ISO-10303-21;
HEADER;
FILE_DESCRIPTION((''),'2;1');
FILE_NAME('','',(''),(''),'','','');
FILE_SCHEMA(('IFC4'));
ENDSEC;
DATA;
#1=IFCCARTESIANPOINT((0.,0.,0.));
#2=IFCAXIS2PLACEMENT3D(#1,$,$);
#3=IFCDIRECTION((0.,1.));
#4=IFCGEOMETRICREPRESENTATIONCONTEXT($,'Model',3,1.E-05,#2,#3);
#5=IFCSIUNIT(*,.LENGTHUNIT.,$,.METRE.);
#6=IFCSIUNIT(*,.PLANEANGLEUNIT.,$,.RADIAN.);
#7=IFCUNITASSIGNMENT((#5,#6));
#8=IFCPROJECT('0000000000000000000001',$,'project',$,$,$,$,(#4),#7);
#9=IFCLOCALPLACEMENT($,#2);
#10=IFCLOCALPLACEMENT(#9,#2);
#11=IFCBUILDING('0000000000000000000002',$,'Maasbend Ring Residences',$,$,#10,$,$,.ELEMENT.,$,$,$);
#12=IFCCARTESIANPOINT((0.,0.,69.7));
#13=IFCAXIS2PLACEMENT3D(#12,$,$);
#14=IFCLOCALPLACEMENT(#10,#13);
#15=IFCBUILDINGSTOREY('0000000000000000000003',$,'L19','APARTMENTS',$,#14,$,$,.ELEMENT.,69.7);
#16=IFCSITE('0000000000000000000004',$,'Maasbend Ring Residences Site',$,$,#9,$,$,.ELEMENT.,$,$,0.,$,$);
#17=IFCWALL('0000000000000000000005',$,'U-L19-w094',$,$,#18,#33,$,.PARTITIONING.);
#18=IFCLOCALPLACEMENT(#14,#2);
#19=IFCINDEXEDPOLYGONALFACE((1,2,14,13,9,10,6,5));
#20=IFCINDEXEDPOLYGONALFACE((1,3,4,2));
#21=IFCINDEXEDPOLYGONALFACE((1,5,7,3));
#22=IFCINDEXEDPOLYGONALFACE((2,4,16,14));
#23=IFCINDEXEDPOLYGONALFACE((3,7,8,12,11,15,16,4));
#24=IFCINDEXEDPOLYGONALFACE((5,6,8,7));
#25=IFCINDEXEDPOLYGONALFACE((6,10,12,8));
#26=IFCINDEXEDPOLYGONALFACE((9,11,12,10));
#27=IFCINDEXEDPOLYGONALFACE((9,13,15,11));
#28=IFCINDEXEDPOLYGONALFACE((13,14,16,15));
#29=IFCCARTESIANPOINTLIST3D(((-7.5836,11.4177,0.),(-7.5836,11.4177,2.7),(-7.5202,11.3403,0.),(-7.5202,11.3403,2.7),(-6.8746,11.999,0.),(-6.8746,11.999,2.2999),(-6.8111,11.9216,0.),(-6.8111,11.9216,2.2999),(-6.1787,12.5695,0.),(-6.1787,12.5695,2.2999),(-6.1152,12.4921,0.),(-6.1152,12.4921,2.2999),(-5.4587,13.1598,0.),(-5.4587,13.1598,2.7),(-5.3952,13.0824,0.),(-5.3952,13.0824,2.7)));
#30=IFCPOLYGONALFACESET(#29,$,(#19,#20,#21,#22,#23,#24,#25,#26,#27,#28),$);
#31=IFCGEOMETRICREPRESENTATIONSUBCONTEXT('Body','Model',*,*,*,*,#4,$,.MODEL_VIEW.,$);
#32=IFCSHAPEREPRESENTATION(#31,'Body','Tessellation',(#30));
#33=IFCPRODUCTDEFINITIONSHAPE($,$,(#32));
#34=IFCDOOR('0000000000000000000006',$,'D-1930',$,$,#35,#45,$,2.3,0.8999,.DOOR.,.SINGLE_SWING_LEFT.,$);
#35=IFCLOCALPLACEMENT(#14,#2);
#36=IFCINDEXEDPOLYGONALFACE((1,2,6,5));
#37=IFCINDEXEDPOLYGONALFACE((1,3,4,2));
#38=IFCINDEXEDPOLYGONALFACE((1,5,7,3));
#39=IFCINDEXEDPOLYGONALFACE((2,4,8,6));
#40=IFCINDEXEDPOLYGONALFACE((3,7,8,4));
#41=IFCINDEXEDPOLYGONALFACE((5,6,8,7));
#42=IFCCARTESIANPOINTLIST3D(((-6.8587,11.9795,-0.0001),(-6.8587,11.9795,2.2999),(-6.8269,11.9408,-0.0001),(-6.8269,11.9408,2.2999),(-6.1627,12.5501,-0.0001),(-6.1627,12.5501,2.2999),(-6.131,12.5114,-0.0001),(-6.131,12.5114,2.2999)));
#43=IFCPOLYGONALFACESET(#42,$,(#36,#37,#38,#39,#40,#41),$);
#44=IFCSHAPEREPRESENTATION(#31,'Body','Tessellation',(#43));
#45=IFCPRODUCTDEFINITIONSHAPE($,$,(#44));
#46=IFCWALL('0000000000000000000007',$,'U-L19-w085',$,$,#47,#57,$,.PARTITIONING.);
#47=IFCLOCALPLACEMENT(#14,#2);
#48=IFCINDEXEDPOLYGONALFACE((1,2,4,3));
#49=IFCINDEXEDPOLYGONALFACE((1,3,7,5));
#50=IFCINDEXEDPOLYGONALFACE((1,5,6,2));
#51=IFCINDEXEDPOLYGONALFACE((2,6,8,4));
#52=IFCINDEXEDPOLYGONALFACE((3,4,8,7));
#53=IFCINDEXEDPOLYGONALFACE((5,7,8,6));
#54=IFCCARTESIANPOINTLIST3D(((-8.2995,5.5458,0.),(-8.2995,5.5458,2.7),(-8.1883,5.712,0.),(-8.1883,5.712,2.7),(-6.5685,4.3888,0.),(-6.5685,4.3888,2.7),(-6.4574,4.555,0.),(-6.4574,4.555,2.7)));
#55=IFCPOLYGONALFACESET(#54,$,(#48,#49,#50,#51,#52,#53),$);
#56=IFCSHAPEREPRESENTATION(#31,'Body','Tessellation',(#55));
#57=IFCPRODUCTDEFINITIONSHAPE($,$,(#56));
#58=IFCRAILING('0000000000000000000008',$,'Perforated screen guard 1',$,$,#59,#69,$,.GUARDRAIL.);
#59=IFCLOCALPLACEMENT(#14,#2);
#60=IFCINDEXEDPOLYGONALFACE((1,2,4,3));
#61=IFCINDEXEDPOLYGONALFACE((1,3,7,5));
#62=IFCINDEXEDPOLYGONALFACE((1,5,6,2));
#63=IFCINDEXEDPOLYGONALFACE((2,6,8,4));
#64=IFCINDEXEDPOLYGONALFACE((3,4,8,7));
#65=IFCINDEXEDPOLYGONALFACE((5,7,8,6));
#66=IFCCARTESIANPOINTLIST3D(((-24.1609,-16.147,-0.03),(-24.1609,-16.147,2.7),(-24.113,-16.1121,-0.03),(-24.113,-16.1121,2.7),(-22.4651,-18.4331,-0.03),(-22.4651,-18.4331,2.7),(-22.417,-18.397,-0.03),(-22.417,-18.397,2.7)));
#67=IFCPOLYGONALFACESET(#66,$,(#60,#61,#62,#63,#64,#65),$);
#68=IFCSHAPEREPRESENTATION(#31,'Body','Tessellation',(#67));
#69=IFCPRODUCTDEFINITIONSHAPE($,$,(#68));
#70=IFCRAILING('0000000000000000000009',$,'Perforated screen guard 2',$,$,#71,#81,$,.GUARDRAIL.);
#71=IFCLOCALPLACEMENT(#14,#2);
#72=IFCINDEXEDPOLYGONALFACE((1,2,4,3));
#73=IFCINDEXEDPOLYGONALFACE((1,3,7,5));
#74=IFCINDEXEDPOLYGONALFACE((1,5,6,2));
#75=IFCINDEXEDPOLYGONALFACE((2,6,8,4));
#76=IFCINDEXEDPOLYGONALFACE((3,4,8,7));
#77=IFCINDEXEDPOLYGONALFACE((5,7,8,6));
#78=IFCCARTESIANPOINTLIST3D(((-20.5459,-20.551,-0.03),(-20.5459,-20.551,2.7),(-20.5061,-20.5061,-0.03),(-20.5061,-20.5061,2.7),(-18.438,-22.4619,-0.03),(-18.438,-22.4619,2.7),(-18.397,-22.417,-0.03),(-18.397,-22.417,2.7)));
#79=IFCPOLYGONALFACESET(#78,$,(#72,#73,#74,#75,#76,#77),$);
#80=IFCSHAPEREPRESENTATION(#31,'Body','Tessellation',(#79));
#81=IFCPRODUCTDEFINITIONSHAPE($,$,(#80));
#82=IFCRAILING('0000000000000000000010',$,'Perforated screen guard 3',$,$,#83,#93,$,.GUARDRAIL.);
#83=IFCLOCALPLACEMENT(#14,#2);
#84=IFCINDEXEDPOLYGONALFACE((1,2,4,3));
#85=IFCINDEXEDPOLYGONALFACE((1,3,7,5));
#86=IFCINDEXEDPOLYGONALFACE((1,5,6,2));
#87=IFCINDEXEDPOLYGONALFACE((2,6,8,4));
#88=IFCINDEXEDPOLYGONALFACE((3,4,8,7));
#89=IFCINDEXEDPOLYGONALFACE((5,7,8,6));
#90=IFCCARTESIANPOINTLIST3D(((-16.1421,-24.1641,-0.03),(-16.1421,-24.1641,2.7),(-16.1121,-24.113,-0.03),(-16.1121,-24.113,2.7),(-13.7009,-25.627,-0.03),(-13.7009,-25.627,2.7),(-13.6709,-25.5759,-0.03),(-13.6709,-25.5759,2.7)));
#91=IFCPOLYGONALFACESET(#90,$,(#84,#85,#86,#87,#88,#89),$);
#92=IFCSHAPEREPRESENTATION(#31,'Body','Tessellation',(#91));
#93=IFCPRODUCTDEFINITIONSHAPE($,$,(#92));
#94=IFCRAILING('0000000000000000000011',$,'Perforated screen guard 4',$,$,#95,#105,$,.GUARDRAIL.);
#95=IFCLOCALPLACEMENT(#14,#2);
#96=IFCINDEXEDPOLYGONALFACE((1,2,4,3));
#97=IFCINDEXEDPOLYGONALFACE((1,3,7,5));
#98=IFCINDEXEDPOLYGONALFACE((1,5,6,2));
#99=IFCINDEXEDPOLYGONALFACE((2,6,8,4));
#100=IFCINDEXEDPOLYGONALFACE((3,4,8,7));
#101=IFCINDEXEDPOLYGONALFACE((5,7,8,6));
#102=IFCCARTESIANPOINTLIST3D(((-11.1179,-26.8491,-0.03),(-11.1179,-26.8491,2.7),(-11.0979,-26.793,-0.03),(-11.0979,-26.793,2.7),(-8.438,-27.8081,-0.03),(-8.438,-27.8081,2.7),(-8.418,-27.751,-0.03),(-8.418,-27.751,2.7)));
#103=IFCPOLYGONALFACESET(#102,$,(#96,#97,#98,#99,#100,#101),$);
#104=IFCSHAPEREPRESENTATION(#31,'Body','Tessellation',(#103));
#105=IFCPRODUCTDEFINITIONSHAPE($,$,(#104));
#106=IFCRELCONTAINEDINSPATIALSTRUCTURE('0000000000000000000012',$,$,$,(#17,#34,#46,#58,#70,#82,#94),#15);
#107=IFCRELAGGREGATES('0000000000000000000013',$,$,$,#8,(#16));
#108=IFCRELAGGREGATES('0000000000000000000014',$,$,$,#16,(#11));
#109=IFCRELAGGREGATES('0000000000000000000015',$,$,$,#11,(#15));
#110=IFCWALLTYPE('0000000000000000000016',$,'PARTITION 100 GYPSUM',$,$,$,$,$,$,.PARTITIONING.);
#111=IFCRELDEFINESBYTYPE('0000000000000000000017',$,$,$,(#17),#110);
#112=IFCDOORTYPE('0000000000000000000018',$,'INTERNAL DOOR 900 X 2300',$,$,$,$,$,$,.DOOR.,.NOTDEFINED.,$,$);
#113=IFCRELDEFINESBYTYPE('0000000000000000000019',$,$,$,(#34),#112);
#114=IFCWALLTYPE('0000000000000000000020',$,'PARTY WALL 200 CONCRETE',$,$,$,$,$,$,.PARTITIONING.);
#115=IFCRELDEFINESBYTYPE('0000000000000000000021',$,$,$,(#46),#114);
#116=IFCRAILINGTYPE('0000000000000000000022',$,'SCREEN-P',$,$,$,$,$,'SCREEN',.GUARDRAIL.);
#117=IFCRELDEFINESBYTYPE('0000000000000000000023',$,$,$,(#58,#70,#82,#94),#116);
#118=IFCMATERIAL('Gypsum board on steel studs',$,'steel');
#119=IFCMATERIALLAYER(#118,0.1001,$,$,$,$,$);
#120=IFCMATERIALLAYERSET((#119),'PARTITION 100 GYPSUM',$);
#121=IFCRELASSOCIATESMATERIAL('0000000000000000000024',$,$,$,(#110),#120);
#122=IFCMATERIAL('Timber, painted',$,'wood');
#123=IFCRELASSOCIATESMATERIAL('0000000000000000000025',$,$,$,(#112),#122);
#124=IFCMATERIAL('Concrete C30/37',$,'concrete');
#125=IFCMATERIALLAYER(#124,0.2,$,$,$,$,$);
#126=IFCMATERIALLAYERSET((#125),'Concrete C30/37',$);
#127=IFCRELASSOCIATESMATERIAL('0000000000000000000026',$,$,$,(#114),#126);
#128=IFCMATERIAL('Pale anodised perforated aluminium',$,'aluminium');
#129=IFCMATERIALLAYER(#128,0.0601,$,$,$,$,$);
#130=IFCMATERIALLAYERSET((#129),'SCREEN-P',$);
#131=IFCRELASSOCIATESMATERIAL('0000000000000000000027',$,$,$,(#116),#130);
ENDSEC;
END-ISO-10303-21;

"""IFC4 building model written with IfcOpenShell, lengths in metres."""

from ifc_helpers import new_model, si_unit, direction, frame, frame_2d, origin, place, context, subcontext, project, spatial, polyline, rectangle, outline, extrude, material, layer, layer_set, type_object, element, fill, save


model = new_model("IFC4")

# Units and contexts
model_context = context("Model", 3, precision=1e-05, world=origin(), true_north=direction((0.0, 1.0)))
body_context = subcontext(model_context, "Body", "Model", "MODEL_VIEW")
ifc_project = project(units=[si_unit("LENGTHUNIT", "METRE"), si_unit("PLANEANGLEUNIT", "RADIAN")], contexts=[model_context])

# Site, building, storey
site_placement = place(None, origin())
site = spatial("IfcSite", under=ifc_project, at=site_placement, Name="Maasbend Ring Residences Site", CompositionType="ELEMENT", RefElevation=0.0)
building_placement = place(site_placement, origin())
building = spatial("IfcBuilding", under=site, at=building_placement, Name="Maasbend Ring Residences", CompositionType="ELEMENT")
storey_placement = place(building_placement, frame((0.0, 0.0, 69.7)))
storey = spatial("IfcBuildingStorey", under=building, at=storey_placement, Name="L19", Description="APARTMENTS", CompositionType="ELEMENT", Elevation=69.7)

# Wall, opening, door
ifc_material_1 = material(Name="Gypsum board on steel studs", Category="steel")
ifc_layer_1 = layer(ifc_material_1, 0.1001)
ifc_layer_set_1 = layer_set([ifc_layer_1], Name="PARTITION 100 GYPSUM")
wall_type_1 = type_object("IfcWallType", Name="PARTITION 100 GYPSUM", PredefinedType="PARTITIONING", material=ifc_layer_set_1)
wall_1_placement = place(storey_placement, frame((-7.552, 11.3789, 0.0), z_axis=(0.0, 0.0, 1.0), x_axis=(0.773324, 0.634012, 0.0)))
wall_1 = element("IfcWall", 1, at=wall_1_placement, inside=storey, type_object=wall_type_1, Name="U-L19-w094", PredefinedType="PARTITIONING", context=body_context, shape_type="SweptSolid", body=[
    extrude(rectangle(XDim=2.7478, YDim=0.1001, at=frame_2d((1.374, 0.0))), origin(), (0.0, 0.0, 1.0), 2.7),
])
opening_placement = place(wall_1_placement, frame((0.917, 0.0, 0.0)))
opening = element("IfcOpeningElement", 2, at=opening_placement, cuts=wall_1, PredefinedType="OPENING", context=body_context, shape_type="SweptSolid", body=[
    extrude(rectangle(XDim=0.8999, YDim=2.3, at=frame_2d((0.45, 1.1499))), frame((0.0, 0.0601, 0.0), z_axis=(0.0, -1.0, 0.0), x_axis=(1.0, 0.0, 0.0)), (0.0, 0.0, 1.0), 0.1201),
])
ifc_material_2 = material(Name="Timber, painted", Category="wood")
door_type = type_object("IfcDoorType", Name="INTERNAL DOOR 900 X 2300", OperationType="NOTDEFINED", PredefinedType="DOOR", material=ifc_material_2)
door_placement = place(opening_placement, origin())
door = element("IfcDoor", 3, at=door_placement, inside=storey, type_object=door_type, Name="D-1930", OperationType="SINGLE_SWING_LEFT", OverallHeight=2.3, OverallWidth=0.8999, PredefinedType="DOOR", context=body_context, shape_type="SweptSolid", body=[
    extrude(rectangle(XDim=0.8999, YDim=2.3, at=frame_2d((0.45, 1.1499))), frame((0.0, 0.0249, 0.0), z_axis=(0.0, -1.0, 0.0), x_axis=(1.0, 0.0, 0.0)), (0.0, 0.0, 1.0), 0.05),
])
fill(opening, door)

# Wall
ifc_material_3 = material(Name="Concrete C30/37", Category="concrete")
ifc_layer_2 = layer(ifc_material_3, 0.2)
ifc_layer_set_2 = layer_set([ifc_layer_2], Name="Concrete C30/37")
wall_type_2 = type_object("IfcWallType", Name="PARTY WALL 200 CONCRETE", PredefinedType="PARTITIONING", material=ifc_layer_set_2)
wall_2_placement = place(storey_placement, frame((-6.5129, 4.4719, 0.0), z_axis=(0.0, 0.0, 1.0), x_axis=(-0.831382, 0.555701, 0.0)))
element("IfcWall", 4, at=wall_2_placement, inside=storey, type_object=wall_type_2, Name="U-L19-w085", PredefinedType="PARTITIONING", context=body_context, shape_type="SweptSolid", body=[
    extrude(rectangle(XDim=2.082, YDim=0.2, at=frame_2d((1.041, 0.0))), origin(), (0.0, 0.0, 1.0), 2.7),
])

# Railings
ifc_material_4 = material(Name="Pale anodised perforated aluminium", Category="aluminium")
ifc_layer_3 = layer(ifc_material_4, 0.0601)
ifc_layer_set_3 = layer_set([ifc_layer_3], Name="SCREEN-P")
railing_type = type_object("IfcRailingType", Name="SCREEN-P", ElementType="SCREEN", PredefinedType="GUARDRAIL", material=ifc_layer_set_3)
railing_1_placement = place(storey_placement, frame((0.0, 0.0, -0.03)))
element("IfcRailing", 5, at=railing_1_placement, inside=storey, type_object=railing_type, Name="Perforated screen guard 1", PredefinedType="GUARDRAIL", context=body_context, shape_type="SweptSolid", body=[
    extrude(outline(polyline([(-24.113, -16.1121), (-22.417, -18.397), (-22.4651, -18.4331), (-24.1609, -16.147), (-24.113, -16.1121)])), origin(), (0.0, 0.0, 1.0), 2.73),
])
railing_2_placement = place(storey_placement, frame((0.0, 0.0, -0.03)))
element("IfcRailing", 6, at=railing_2_placement, inside=storey, type_object=railing_type, Name="Perforated screen guard 2", PredefinedType="GUARDRAIL", context=body_context, shape_type="SweptSolid", body=[
    extrude(outline(polyline([(-20.5061, -20.5061), (-18.397, -22.417), (-18.438, -22.4619), (-20.5459, -20.551), (-20.5061, -20.5061)])), origin(), (0.0, 0.0, 1.0), 2.73),
])
railing_3_placement = place(storey_placement, frame((0.0, 0.0, -0.03)))
element("IfcRailing", 7, at=railing_3_placement, inside=storey, type_object=railing_type, Name="Perforated screen guard 3", PredefinedType="GUARDRAIL", context=body_context, shape_type="SweptSolid", body=[
    extrude(outline(polyline([(-16.1121, -24.113), (-13.6709, -25.5759), (-13.7009, -25.627), (-16.1421, -24.1641), (-16.1121, -24.113)])), origin(), (0.0, 0.0, 1.0), 2.73),
])
railing_4_placement = place(storey_placement, frame((0.0, 0.0, -0.03)))
element("IfcRailing", 8, at=railing_4_placement, inside=storey, type_object=railing_type, Name="Perforated screen guard 4", PredefinedType="GUARDRAIL", context=body_context, shape_type="SweptSolid", body=[
    extrude(outline(polyline([(-11.0979, -26.793), (-8.418, -27.751), (-8.438, -27.8081), (-11.1179, -26.8491), (-11.0979, -26.793)])), origin(), (0.0, 0.0, 1.0), 2.73),
])

save(model, "model.ifc")
